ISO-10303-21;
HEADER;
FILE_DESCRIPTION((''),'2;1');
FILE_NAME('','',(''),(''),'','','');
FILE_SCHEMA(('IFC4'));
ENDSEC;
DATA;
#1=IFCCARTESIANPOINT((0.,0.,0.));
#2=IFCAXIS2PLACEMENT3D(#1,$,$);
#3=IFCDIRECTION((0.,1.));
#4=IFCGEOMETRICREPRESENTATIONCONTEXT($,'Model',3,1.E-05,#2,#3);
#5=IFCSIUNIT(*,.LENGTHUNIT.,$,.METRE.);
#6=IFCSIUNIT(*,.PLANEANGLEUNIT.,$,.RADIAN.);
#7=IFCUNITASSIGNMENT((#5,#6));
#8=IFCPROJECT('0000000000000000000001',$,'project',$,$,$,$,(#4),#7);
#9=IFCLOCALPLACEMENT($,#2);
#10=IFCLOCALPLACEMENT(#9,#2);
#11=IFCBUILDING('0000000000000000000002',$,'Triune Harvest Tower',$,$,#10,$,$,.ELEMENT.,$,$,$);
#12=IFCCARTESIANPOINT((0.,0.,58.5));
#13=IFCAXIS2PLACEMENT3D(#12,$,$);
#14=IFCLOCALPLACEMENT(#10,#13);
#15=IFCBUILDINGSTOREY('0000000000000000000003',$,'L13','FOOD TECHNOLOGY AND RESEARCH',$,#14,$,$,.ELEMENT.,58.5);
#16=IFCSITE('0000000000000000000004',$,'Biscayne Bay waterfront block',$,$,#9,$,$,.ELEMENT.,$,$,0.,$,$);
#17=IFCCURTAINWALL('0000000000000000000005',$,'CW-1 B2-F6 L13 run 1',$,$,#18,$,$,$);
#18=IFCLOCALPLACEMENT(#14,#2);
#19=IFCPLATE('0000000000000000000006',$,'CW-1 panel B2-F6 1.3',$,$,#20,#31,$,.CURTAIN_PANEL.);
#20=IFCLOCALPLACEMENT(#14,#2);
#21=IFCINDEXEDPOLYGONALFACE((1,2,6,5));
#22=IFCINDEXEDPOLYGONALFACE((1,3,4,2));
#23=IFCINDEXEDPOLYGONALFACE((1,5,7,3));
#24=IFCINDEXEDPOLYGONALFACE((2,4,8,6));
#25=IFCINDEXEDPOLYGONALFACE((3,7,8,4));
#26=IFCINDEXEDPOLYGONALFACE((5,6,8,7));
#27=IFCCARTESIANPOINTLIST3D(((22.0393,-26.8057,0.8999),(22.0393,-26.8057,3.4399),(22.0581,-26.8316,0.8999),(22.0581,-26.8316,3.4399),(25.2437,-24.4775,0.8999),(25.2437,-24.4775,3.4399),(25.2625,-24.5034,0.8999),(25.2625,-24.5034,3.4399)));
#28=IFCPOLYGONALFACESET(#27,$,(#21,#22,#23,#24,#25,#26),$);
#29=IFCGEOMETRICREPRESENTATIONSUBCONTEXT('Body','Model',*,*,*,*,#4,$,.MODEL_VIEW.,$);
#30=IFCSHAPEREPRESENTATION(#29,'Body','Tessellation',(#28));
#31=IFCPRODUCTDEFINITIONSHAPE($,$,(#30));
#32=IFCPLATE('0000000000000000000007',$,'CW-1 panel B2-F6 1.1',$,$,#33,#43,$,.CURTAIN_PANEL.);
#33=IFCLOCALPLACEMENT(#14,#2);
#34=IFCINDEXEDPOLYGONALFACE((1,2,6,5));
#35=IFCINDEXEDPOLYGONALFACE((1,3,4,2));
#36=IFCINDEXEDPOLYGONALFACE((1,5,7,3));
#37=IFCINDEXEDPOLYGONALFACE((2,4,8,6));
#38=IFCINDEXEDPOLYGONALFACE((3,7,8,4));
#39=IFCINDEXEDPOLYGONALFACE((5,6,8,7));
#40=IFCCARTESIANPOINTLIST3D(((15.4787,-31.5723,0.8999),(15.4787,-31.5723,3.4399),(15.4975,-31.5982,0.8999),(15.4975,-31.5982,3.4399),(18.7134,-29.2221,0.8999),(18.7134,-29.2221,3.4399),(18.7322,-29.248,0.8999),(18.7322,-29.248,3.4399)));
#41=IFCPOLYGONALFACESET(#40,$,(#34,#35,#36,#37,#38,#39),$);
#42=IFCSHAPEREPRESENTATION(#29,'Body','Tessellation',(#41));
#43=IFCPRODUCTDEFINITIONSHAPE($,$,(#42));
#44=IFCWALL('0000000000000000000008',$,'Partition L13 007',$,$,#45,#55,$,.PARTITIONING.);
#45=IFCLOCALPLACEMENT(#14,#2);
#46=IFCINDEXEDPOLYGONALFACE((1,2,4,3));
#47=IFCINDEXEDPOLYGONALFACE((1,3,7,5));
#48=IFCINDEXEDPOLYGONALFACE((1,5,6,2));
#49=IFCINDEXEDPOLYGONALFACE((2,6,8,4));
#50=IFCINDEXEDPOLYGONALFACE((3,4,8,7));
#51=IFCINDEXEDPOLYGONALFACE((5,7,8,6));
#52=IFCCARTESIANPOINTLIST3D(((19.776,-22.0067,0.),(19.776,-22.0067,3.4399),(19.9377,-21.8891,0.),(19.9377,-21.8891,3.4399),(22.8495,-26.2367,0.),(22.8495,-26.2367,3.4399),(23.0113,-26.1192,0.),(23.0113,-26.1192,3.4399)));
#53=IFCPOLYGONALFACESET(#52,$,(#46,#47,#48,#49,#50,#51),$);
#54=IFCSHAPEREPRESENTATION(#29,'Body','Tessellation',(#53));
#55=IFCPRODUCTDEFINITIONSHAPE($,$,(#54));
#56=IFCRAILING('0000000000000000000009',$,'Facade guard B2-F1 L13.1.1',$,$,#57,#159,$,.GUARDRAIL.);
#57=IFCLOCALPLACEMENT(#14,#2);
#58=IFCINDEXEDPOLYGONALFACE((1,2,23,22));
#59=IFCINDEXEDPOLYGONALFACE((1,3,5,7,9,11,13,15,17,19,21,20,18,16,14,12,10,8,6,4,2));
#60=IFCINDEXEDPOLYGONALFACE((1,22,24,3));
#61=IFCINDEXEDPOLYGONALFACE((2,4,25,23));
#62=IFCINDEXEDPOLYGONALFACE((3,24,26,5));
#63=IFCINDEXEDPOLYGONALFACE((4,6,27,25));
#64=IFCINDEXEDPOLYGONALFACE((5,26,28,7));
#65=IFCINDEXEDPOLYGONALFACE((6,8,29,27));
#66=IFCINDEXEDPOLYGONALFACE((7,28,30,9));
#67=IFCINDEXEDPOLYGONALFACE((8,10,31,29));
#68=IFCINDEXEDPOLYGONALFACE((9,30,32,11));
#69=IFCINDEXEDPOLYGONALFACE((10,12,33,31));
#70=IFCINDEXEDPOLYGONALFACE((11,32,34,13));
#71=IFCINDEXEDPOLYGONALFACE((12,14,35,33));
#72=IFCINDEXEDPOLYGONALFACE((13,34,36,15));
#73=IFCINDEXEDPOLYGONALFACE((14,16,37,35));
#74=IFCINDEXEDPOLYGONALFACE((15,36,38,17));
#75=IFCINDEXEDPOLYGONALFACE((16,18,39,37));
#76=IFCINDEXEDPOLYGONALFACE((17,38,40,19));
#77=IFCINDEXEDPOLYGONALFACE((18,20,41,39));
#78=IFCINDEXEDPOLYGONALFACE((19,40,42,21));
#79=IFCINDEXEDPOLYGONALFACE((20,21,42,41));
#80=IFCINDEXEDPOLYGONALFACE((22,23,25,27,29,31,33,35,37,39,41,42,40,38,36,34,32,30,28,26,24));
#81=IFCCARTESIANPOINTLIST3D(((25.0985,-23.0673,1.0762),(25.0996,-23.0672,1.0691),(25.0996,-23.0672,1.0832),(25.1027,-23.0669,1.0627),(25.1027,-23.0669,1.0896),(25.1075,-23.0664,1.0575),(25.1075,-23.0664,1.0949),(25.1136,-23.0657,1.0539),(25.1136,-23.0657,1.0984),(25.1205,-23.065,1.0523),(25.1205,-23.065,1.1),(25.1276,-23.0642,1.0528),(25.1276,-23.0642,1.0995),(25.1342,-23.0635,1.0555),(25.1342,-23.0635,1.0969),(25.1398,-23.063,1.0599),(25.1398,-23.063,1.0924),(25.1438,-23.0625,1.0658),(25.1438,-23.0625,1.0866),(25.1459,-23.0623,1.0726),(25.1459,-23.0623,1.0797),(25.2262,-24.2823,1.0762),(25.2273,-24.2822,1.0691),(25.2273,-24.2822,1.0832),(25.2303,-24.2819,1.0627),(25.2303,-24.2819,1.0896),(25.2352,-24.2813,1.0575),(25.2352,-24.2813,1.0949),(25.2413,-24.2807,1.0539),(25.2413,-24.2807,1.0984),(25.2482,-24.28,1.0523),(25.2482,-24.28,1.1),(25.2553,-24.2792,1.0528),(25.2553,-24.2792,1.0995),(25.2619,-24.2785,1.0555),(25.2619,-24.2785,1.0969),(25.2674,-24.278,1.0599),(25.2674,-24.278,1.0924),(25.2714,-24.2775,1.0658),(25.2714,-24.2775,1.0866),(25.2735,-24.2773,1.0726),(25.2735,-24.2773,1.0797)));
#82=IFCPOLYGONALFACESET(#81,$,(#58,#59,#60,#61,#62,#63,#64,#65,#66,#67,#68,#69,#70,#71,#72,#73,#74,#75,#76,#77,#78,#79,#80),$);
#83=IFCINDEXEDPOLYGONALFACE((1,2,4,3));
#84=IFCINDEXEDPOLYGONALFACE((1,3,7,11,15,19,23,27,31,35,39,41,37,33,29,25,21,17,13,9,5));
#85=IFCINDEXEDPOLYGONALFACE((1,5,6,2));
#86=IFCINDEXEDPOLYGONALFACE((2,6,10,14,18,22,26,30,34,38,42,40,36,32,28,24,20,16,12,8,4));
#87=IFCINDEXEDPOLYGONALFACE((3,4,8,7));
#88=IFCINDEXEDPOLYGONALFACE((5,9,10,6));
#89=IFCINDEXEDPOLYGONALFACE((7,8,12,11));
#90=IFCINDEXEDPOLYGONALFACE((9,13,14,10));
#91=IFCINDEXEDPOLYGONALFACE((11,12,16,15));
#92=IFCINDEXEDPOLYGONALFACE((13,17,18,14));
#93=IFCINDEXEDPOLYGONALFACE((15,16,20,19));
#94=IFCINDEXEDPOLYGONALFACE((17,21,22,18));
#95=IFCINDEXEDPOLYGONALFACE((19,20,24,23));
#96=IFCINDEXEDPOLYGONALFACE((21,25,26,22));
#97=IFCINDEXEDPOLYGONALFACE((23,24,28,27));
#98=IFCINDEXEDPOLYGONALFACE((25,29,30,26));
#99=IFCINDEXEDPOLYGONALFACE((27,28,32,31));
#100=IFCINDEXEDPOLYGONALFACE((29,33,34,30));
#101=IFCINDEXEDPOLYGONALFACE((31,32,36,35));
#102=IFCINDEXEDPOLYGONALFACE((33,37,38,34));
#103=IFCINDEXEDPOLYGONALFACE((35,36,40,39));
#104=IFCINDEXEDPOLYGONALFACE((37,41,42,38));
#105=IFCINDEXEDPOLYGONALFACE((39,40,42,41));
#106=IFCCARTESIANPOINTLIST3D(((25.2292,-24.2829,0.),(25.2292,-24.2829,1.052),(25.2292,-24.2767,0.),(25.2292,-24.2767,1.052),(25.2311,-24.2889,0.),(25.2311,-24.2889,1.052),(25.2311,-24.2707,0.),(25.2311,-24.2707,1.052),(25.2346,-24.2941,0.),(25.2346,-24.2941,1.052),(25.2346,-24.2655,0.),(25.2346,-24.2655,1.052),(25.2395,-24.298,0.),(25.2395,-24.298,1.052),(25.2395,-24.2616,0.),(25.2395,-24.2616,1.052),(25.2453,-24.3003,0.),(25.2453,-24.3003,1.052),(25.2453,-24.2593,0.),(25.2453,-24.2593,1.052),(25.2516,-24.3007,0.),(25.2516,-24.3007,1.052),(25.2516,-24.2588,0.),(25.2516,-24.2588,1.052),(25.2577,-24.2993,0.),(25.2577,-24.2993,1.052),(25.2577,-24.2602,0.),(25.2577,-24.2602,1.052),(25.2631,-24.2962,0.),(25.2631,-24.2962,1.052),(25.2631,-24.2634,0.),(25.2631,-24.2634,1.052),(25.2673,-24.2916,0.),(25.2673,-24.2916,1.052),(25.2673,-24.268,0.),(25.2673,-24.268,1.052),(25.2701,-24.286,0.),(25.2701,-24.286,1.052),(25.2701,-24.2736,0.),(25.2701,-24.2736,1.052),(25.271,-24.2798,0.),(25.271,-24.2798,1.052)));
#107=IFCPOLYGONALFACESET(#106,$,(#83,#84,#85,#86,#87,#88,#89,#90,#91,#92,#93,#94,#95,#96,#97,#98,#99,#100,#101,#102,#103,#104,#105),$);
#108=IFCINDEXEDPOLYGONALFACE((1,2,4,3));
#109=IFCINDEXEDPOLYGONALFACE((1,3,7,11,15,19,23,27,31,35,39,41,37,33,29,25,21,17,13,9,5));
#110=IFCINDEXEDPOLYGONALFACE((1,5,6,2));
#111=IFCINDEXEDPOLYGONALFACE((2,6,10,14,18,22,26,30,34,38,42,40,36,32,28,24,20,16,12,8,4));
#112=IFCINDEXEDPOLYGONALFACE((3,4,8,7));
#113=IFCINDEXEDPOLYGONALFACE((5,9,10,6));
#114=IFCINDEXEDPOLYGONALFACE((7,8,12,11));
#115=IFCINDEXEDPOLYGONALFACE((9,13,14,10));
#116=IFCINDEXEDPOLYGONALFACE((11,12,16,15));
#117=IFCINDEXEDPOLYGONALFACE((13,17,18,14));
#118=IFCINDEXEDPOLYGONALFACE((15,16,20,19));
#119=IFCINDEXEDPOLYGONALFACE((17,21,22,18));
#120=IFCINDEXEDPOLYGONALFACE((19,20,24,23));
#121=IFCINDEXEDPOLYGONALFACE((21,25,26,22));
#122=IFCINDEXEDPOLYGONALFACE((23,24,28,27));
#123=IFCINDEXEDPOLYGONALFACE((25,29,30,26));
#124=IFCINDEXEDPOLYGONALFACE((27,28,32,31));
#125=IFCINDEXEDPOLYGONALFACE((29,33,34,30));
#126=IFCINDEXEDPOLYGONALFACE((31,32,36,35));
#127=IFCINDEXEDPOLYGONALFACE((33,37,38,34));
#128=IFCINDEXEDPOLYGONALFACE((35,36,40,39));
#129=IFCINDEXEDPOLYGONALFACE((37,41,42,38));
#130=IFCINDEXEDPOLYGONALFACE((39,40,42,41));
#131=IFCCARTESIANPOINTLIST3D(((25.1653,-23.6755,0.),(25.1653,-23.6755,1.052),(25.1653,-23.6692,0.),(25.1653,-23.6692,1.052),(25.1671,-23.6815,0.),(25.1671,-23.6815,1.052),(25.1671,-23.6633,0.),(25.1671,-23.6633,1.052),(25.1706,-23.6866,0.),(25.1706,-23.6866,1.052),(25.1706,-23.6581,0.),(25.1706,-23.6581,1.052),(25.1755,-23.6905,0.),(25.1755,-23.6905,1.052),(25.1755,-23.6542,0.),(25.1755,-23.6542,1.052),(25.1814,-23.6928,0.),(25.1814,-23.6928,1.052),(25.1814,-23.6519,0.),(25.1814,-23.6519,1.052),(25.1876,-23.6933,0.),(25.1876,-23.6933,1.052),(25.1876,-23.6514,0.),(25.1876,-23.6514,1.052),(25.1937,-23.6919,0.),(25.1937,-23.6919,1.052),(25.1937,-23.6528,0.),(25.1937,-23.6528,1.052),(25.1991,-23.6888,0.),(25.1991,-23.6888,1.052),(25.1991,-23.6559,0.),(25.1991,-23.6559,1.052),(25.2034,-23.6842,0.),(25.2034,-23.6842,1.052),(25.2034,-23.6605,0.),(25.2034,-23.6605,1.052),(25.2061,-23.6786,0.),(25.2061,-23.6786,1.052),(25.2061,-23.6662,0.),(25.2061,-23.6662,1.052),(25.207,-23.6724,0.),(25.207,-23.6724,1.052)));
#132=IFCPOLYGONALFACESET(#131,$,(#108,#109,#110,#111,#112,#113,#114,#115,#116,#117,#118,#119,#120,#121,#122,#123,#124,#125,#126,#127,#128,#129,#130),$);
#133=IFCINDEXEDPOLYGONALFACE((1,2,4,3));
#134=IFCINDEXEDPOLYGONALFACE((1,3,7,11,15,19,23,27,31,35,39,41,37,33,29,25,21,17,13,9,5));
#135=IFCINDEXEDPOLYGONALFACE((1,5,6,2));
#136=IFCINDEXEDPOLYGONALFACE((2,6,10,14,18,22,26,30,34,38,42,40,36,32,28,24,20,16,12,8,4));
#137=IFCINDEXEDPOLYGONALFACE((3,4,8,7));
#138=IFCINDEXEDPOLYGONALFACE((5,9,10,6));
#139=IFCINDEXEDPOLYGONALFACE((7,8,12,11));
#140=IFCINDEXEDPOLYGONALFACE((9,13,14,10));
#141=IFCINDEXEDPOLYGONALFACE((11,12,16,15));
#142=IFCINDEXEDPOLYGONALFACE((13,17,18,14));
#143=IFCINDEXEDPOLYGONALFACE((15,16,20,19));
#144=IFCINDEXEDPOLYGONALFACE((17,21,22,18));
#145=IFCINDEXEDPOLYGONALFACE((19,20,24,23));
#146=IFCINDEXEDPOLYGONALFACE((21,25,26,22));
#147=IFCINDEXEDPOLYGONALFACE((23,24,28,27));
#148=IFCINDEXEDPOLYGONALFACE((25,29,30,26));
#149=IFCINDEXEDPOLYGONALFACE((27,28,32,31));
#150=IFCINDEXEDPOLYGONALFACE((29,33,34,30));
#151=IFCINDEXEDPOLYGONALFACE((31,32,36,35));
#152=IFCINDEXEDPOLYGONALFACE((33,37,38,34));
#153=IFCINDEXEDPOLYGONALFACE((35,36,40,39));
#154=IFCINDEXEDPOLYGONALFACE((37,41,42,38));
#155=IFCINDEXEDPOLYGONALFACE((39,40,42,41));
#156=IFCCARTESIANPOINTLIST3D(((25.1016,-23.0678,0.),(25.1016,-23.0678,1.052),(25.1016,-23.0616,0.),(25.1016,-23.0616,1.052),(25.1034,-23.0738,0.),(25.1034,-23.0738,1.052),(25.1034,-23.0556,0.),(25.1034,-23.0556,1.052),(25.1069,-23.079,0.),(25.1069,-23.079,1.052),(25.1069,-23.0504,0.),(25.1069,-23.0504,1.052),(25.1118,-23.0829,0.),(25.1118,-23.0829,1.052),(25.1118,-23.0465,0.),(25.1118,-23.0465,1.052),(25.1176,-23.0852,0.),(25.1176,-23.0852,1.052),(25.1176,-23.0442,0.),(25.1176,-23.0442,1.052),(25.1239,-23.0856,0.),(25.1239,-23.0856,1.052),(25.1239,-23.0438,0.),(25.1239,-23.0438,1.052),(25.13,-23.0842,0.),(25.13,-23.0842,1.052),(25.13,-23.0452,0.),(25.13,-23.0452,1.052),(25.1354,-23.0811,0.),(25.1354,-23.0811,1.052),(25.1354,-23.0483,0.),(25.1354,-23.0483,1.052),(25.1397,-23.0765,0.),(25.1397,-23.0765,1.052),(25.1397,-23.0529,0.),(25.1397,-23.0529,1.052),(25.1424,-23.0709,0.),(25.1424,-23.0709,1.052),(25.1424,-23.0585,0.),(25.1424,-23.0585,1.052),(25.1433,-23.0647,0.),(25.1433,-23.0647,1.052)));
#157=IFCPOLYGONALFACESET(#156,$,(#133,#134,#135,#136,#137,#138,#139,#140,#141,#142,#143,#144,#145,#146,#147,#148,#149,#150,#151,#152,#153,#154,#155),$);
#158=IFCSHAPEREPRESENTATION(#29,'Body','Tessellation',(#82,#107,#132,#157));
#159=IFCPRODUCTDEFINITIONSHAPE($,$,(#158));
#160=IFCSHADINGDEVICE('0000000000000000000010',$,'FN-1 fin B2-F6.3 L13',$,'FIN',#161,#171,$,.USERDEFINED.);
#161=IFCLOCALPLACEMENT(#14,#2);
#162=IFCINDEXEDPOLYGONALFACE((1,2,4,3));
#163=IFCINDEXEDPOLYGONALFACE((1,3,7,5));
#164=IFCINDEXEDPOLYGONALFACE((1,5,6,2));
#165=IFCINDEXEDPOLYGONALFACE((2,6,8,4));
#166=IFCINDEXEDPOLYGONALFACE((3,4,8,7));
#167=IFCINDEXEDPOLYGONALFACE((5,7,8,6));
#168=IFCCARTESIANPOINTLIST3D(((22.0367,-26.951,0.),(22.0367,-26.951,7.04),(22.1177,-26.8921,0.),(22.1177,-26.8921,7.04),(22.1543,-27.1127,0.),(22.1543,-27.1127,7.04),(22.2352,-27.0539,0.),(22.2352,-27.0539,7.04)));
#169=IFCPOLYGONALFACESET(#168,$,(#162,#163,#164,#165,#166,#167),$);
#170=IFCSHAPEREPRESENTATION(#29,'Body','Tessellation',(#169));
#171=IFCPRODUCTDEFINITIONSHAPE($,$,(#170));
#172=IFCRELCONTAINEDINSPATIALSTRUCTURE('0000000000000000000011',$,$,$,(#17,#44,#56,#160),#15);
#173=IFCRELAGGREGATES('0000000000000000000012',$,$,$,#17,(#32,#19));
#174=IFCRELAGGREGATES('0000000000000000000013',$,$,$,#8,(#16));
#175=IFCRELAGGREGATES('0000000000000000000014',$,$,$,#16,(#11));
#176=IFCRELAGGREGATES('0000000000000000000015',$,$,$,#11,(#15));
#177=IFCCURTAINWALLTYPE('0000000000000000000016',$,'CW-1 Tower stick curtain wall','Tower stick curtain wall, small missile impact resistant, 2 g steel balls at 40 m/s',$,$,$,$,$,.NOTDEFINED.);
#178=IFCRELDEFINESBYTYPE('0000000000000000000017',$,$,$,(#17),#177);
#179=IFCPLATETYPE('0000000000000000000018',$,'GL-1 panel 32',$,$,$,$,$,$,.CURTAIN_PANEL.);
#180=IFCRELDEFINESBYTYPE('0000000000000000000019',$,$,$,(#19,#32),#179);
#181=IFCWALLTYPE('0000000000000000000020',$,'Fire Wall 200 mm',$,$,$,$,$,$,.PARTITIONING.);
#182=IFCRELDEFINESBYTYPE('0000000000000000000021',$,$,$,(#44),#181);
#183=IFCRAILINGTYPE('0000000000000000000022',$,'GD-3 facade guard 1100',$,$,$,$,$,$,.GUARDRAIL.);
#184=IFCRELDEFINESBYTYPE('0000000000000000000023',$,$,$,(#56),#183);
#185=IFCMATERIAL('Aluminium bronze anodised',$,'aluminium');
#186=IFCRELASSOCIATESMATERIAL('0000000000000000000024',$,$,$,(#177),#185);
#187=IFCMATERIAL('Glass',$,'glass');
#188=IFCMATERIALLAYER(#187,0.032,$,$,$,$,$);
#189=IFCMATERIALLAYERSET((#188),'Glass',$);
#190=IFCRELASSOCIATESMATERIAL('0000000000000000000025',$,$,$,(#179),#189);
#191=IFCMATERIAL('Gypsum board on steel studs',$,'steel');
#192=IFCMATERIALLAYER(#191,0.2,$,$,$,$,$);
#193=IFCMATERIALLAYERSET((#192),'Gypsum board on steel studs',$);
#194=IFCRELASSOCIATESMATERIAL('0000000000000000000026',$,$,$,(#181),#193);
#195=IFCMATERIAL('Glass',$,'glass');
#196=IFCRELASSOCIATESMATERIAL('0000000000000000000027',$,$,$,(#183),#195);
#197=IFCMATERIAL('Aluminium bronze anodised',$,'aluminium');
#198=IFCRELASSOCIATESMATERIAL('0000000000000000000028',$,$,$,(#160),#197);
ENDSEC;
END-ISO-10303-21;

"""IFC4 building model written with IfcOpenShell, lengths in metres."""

from ifc_helpers import new_model, si_unit, direction, frame, frame_2d, origin, origin_2d, place, context, subcontext, project, spatial, rectangle, circle, extrude, source, transform, mapped, material, layer, layer_set, type_object, element, aggregate, save


model = new_model("IFC4")

# Units and contexts
model_context = context("Model", 3, precision=1e-05, world=origin(), true_north=direction((0.0, 1.0)))
body_context = subcontext(model_context, "Body", "Model", "MODEL_VIEW")
ifc_project = project(units=[si_unit("LENGTHUNIT", "METRE"), si_unit("PLANEANGLEUNIT", "RADIAN")], contexts=[model_context])

# Site, building, storey
site_placement = place(None, origin())
site = spatial("IfcSite", under=ifc_project, at=site_placement, Name="Biscayne Bay waterfront block", CompositionType="ELEMENT", RefElevation=0.0)
building_placement = place(site_placement, origin())
building = spatial("IfcBuilding", under=site, at=building_placement, Name="Triune Harvest Tower", CompositionType="ELEMENT")
storey_placement = place(building_placement, frame((0.0, 0.0, 58.5)))
storey = spatial("IfcBuildingStorey", under=building, at=storey_placement, Name="L13", Description="FOOD TECHNOLOGY AND RESEARCH", CompositionType="ELEMENT", Elevation=58.5)

# Shared definitions
ifc_material_1 = material(Name="Aluminium bronze anodised", Category="aluminium")
curtain_wall_type_1 = type_object("IfcCurtainWallType", Name="CW-1 Tower stick curtain wall", Description="Tower stick curtain wall, small missile impact resistant, 2 g steel balls at 40 m/s", PredefinedType="NOTDEFINED", material=ifc_material_1)

# Curtain wall
curtain_wall_1_placement = place(storey_placement, origin())
curtain_wall_1 = element("IfcCurtainWall", 1, at=curtain_wall_1_placement, inside=storey, type_object=curtain_wall_type_1, Name="CW-1 B2-F6 L13 run 1")

# Plates
ifc_material_2 = material(Name="Glass", Category="glass")
ifc_layer_1 = layer(ifc_material_2, 0.032)
ifc_layer_set_1 = layer_set([ifc_layer_1], Name="Glass")
plate_type_1 = type_object("IfcPlateType", Name="GL-1 panel 32", PredefinedType="CURTAIN_PANEL", material=ifc_layer_set_1)
shared_shape_1 = source(origin(), body_context, "Body", "SweptSolid", [
    extrude(rectangle(XDim=3.9609, YDim=0.032, at=origin_2d()), origin(), (0.0, 0.0, 1.0), 2.54),
])
plate_1_placement = place(storey_placement, frame((23.6509, -25.6545, 0.8999), z_axis=(0.0, 0.0, 1.0), x_axis=(0.809013, 0.58779, 0.0)))
plate_1 = element("IfcPlate", 2, at=plate_1_placement, type_object=plate_type_1, Name="CW-1 panel B2-F6 1.3", PredefinedType="CURTAIN_PANEL", context=body_context, shape_type="MappedRepresentation", body=[
    mapped(shared_shape_1, transform((0.0, 0.0, 0.0), scale=1.0)),
])
shared_shape_2 = source(origin(), body_context, "Body", "SweptSolid", [
    extrude(rectangle(XDim=3.9983, YDim=0.032, at=origin_2d()), origin(), (0.0, 0.0, 1.0), 2.54),
])
plate_2_placement = place(storey_placement, frame((17.1055, -30.4102, 0.8999), z_axis=(0.0, 0.0, 1.0), x_axis=(0.809013, 0.58779, 0.0)))
plate_2 = element("IfcPlate", 3, at=plate_2_placement, type_object=plate_type_1, Name="CW-1 panel B2-F6 1.1", PredefinedType="CURTAIN_PANEL", context=body_context, shape_type="MappedRepresentation", body=[
    mapped(shared_shape_2, transform((0.0, 0.0, 0.0), scale=1.0)),
])
aggregate(curtain_wall_1, [plate_2, plate_1])

# Wall
ifc_material_3 = material(Name="Gypsum board on steel studs", Category="steel")
ifc_layer_2 = layer(ifc_material_3, 0.2)
ifc_layer_set_2 = layer_set([ifc_layer_2], Name="Gypsum board on steel studs")
wall_type = type_object("IfcWallType", Name="Fire Wall 200 mm", PredefinedType="PARTITIONING", material=ifc_layer_set_2)
wall_placement = place(storey_placement, frame((19.8569, -21.948, 0.0), z_axis=(0.0, 0.0, 1.0), x_axis=(0.587813, -0.808996, 0.0)))
element("IfcWall", 4, at=wall_placement, inside=storey, type_object=wall_type, Name="Partition L13 007", PredefinedType="PARTITIONING", context=body_context, shape_type="SweptSolid", body=[
    extrude(rectangle(XDim=5.2288, YDim=0.2, at=frame_2d((2.6143, 0.0))), origin(), (0.0, 0.0, 1.0), 3.4399),
])

# Railing
ifc_material_4 = material(Name="Glass", Category="glass")
railing_type = type_object("IfcRailingType", Name="GD-3 facade guard 1100", PredefinedType="GUARDRAIL", material=ifc_material_4)
railing_placement = place(storey_placement, frame((25.25, -24.2798, 0.0)))
element("IfcRailing", 5, at=railing_placement, inside=storey, type_object=railing_type, Name="Facade guard B2-F1 L13.1.1", PredefinedType="GUARDRAIL", context=body_context, shape_type="SweptSolid", body=[
    extrude(circle(Radius=0.0239, at=origin_2d()), frame((0.0, 0.0, 1.0762), z_axis=(-0.104508, 0.994524, 0.0), x_axis=(-0.994524, -0.104508, 0.0)), (0.0, 0.0, 1.0), 1.2217),
    extrude(circle(Radius=0.021, at=origin_2d()), origin(), (0.0, 0.0, 1.0), 1.052),
    extrude(circle(Radius=0.021, at=origin_2d()), frame((-0.064, 0.6074, 0.0)), (0.0, 0.0, 1.0), 1.052),
    extrude(circle(Radius=0.021, at=origin_2d()), frame((-0.1277, 1.2151, 0.0)), (0.0, 0.0, 1.0), 1.052),
])

# Shading device
ifc_material_5 = material(Name="Aluminium bronze anodised", Category="aluminium")
shared_shape_3 = source(origin(), body_context, "Body", "SweptSolid", [
    extrude(rectangle(XDim=0.1001, YDim=0.2, at=origin_2d()), origin(), (0.0, 0.0, 1.0), 7.04),
])
shading_device_placement = place(storey_placement, frame((22.136, -27.0024, 0.0), z_axis=(0.0, 0.0, 1.0), x_axis=(0.809013, 0.58779, 0.0)))
element("IfcShadingDevice", 6, at=shading_device_placement, inside=storey, material=ifc_material_5, Name="FN-1 fin B2-F6.3 L13", ObjectType="FIN", PredefinedType="USERDEFINED", context=body_context, shape_type="MappedRepresentation", body=[
    mapped(shared_shape_3, transform((0.0, 0.0, 0.0), scale=1.0)),
])

save(model, "model.ifc")
